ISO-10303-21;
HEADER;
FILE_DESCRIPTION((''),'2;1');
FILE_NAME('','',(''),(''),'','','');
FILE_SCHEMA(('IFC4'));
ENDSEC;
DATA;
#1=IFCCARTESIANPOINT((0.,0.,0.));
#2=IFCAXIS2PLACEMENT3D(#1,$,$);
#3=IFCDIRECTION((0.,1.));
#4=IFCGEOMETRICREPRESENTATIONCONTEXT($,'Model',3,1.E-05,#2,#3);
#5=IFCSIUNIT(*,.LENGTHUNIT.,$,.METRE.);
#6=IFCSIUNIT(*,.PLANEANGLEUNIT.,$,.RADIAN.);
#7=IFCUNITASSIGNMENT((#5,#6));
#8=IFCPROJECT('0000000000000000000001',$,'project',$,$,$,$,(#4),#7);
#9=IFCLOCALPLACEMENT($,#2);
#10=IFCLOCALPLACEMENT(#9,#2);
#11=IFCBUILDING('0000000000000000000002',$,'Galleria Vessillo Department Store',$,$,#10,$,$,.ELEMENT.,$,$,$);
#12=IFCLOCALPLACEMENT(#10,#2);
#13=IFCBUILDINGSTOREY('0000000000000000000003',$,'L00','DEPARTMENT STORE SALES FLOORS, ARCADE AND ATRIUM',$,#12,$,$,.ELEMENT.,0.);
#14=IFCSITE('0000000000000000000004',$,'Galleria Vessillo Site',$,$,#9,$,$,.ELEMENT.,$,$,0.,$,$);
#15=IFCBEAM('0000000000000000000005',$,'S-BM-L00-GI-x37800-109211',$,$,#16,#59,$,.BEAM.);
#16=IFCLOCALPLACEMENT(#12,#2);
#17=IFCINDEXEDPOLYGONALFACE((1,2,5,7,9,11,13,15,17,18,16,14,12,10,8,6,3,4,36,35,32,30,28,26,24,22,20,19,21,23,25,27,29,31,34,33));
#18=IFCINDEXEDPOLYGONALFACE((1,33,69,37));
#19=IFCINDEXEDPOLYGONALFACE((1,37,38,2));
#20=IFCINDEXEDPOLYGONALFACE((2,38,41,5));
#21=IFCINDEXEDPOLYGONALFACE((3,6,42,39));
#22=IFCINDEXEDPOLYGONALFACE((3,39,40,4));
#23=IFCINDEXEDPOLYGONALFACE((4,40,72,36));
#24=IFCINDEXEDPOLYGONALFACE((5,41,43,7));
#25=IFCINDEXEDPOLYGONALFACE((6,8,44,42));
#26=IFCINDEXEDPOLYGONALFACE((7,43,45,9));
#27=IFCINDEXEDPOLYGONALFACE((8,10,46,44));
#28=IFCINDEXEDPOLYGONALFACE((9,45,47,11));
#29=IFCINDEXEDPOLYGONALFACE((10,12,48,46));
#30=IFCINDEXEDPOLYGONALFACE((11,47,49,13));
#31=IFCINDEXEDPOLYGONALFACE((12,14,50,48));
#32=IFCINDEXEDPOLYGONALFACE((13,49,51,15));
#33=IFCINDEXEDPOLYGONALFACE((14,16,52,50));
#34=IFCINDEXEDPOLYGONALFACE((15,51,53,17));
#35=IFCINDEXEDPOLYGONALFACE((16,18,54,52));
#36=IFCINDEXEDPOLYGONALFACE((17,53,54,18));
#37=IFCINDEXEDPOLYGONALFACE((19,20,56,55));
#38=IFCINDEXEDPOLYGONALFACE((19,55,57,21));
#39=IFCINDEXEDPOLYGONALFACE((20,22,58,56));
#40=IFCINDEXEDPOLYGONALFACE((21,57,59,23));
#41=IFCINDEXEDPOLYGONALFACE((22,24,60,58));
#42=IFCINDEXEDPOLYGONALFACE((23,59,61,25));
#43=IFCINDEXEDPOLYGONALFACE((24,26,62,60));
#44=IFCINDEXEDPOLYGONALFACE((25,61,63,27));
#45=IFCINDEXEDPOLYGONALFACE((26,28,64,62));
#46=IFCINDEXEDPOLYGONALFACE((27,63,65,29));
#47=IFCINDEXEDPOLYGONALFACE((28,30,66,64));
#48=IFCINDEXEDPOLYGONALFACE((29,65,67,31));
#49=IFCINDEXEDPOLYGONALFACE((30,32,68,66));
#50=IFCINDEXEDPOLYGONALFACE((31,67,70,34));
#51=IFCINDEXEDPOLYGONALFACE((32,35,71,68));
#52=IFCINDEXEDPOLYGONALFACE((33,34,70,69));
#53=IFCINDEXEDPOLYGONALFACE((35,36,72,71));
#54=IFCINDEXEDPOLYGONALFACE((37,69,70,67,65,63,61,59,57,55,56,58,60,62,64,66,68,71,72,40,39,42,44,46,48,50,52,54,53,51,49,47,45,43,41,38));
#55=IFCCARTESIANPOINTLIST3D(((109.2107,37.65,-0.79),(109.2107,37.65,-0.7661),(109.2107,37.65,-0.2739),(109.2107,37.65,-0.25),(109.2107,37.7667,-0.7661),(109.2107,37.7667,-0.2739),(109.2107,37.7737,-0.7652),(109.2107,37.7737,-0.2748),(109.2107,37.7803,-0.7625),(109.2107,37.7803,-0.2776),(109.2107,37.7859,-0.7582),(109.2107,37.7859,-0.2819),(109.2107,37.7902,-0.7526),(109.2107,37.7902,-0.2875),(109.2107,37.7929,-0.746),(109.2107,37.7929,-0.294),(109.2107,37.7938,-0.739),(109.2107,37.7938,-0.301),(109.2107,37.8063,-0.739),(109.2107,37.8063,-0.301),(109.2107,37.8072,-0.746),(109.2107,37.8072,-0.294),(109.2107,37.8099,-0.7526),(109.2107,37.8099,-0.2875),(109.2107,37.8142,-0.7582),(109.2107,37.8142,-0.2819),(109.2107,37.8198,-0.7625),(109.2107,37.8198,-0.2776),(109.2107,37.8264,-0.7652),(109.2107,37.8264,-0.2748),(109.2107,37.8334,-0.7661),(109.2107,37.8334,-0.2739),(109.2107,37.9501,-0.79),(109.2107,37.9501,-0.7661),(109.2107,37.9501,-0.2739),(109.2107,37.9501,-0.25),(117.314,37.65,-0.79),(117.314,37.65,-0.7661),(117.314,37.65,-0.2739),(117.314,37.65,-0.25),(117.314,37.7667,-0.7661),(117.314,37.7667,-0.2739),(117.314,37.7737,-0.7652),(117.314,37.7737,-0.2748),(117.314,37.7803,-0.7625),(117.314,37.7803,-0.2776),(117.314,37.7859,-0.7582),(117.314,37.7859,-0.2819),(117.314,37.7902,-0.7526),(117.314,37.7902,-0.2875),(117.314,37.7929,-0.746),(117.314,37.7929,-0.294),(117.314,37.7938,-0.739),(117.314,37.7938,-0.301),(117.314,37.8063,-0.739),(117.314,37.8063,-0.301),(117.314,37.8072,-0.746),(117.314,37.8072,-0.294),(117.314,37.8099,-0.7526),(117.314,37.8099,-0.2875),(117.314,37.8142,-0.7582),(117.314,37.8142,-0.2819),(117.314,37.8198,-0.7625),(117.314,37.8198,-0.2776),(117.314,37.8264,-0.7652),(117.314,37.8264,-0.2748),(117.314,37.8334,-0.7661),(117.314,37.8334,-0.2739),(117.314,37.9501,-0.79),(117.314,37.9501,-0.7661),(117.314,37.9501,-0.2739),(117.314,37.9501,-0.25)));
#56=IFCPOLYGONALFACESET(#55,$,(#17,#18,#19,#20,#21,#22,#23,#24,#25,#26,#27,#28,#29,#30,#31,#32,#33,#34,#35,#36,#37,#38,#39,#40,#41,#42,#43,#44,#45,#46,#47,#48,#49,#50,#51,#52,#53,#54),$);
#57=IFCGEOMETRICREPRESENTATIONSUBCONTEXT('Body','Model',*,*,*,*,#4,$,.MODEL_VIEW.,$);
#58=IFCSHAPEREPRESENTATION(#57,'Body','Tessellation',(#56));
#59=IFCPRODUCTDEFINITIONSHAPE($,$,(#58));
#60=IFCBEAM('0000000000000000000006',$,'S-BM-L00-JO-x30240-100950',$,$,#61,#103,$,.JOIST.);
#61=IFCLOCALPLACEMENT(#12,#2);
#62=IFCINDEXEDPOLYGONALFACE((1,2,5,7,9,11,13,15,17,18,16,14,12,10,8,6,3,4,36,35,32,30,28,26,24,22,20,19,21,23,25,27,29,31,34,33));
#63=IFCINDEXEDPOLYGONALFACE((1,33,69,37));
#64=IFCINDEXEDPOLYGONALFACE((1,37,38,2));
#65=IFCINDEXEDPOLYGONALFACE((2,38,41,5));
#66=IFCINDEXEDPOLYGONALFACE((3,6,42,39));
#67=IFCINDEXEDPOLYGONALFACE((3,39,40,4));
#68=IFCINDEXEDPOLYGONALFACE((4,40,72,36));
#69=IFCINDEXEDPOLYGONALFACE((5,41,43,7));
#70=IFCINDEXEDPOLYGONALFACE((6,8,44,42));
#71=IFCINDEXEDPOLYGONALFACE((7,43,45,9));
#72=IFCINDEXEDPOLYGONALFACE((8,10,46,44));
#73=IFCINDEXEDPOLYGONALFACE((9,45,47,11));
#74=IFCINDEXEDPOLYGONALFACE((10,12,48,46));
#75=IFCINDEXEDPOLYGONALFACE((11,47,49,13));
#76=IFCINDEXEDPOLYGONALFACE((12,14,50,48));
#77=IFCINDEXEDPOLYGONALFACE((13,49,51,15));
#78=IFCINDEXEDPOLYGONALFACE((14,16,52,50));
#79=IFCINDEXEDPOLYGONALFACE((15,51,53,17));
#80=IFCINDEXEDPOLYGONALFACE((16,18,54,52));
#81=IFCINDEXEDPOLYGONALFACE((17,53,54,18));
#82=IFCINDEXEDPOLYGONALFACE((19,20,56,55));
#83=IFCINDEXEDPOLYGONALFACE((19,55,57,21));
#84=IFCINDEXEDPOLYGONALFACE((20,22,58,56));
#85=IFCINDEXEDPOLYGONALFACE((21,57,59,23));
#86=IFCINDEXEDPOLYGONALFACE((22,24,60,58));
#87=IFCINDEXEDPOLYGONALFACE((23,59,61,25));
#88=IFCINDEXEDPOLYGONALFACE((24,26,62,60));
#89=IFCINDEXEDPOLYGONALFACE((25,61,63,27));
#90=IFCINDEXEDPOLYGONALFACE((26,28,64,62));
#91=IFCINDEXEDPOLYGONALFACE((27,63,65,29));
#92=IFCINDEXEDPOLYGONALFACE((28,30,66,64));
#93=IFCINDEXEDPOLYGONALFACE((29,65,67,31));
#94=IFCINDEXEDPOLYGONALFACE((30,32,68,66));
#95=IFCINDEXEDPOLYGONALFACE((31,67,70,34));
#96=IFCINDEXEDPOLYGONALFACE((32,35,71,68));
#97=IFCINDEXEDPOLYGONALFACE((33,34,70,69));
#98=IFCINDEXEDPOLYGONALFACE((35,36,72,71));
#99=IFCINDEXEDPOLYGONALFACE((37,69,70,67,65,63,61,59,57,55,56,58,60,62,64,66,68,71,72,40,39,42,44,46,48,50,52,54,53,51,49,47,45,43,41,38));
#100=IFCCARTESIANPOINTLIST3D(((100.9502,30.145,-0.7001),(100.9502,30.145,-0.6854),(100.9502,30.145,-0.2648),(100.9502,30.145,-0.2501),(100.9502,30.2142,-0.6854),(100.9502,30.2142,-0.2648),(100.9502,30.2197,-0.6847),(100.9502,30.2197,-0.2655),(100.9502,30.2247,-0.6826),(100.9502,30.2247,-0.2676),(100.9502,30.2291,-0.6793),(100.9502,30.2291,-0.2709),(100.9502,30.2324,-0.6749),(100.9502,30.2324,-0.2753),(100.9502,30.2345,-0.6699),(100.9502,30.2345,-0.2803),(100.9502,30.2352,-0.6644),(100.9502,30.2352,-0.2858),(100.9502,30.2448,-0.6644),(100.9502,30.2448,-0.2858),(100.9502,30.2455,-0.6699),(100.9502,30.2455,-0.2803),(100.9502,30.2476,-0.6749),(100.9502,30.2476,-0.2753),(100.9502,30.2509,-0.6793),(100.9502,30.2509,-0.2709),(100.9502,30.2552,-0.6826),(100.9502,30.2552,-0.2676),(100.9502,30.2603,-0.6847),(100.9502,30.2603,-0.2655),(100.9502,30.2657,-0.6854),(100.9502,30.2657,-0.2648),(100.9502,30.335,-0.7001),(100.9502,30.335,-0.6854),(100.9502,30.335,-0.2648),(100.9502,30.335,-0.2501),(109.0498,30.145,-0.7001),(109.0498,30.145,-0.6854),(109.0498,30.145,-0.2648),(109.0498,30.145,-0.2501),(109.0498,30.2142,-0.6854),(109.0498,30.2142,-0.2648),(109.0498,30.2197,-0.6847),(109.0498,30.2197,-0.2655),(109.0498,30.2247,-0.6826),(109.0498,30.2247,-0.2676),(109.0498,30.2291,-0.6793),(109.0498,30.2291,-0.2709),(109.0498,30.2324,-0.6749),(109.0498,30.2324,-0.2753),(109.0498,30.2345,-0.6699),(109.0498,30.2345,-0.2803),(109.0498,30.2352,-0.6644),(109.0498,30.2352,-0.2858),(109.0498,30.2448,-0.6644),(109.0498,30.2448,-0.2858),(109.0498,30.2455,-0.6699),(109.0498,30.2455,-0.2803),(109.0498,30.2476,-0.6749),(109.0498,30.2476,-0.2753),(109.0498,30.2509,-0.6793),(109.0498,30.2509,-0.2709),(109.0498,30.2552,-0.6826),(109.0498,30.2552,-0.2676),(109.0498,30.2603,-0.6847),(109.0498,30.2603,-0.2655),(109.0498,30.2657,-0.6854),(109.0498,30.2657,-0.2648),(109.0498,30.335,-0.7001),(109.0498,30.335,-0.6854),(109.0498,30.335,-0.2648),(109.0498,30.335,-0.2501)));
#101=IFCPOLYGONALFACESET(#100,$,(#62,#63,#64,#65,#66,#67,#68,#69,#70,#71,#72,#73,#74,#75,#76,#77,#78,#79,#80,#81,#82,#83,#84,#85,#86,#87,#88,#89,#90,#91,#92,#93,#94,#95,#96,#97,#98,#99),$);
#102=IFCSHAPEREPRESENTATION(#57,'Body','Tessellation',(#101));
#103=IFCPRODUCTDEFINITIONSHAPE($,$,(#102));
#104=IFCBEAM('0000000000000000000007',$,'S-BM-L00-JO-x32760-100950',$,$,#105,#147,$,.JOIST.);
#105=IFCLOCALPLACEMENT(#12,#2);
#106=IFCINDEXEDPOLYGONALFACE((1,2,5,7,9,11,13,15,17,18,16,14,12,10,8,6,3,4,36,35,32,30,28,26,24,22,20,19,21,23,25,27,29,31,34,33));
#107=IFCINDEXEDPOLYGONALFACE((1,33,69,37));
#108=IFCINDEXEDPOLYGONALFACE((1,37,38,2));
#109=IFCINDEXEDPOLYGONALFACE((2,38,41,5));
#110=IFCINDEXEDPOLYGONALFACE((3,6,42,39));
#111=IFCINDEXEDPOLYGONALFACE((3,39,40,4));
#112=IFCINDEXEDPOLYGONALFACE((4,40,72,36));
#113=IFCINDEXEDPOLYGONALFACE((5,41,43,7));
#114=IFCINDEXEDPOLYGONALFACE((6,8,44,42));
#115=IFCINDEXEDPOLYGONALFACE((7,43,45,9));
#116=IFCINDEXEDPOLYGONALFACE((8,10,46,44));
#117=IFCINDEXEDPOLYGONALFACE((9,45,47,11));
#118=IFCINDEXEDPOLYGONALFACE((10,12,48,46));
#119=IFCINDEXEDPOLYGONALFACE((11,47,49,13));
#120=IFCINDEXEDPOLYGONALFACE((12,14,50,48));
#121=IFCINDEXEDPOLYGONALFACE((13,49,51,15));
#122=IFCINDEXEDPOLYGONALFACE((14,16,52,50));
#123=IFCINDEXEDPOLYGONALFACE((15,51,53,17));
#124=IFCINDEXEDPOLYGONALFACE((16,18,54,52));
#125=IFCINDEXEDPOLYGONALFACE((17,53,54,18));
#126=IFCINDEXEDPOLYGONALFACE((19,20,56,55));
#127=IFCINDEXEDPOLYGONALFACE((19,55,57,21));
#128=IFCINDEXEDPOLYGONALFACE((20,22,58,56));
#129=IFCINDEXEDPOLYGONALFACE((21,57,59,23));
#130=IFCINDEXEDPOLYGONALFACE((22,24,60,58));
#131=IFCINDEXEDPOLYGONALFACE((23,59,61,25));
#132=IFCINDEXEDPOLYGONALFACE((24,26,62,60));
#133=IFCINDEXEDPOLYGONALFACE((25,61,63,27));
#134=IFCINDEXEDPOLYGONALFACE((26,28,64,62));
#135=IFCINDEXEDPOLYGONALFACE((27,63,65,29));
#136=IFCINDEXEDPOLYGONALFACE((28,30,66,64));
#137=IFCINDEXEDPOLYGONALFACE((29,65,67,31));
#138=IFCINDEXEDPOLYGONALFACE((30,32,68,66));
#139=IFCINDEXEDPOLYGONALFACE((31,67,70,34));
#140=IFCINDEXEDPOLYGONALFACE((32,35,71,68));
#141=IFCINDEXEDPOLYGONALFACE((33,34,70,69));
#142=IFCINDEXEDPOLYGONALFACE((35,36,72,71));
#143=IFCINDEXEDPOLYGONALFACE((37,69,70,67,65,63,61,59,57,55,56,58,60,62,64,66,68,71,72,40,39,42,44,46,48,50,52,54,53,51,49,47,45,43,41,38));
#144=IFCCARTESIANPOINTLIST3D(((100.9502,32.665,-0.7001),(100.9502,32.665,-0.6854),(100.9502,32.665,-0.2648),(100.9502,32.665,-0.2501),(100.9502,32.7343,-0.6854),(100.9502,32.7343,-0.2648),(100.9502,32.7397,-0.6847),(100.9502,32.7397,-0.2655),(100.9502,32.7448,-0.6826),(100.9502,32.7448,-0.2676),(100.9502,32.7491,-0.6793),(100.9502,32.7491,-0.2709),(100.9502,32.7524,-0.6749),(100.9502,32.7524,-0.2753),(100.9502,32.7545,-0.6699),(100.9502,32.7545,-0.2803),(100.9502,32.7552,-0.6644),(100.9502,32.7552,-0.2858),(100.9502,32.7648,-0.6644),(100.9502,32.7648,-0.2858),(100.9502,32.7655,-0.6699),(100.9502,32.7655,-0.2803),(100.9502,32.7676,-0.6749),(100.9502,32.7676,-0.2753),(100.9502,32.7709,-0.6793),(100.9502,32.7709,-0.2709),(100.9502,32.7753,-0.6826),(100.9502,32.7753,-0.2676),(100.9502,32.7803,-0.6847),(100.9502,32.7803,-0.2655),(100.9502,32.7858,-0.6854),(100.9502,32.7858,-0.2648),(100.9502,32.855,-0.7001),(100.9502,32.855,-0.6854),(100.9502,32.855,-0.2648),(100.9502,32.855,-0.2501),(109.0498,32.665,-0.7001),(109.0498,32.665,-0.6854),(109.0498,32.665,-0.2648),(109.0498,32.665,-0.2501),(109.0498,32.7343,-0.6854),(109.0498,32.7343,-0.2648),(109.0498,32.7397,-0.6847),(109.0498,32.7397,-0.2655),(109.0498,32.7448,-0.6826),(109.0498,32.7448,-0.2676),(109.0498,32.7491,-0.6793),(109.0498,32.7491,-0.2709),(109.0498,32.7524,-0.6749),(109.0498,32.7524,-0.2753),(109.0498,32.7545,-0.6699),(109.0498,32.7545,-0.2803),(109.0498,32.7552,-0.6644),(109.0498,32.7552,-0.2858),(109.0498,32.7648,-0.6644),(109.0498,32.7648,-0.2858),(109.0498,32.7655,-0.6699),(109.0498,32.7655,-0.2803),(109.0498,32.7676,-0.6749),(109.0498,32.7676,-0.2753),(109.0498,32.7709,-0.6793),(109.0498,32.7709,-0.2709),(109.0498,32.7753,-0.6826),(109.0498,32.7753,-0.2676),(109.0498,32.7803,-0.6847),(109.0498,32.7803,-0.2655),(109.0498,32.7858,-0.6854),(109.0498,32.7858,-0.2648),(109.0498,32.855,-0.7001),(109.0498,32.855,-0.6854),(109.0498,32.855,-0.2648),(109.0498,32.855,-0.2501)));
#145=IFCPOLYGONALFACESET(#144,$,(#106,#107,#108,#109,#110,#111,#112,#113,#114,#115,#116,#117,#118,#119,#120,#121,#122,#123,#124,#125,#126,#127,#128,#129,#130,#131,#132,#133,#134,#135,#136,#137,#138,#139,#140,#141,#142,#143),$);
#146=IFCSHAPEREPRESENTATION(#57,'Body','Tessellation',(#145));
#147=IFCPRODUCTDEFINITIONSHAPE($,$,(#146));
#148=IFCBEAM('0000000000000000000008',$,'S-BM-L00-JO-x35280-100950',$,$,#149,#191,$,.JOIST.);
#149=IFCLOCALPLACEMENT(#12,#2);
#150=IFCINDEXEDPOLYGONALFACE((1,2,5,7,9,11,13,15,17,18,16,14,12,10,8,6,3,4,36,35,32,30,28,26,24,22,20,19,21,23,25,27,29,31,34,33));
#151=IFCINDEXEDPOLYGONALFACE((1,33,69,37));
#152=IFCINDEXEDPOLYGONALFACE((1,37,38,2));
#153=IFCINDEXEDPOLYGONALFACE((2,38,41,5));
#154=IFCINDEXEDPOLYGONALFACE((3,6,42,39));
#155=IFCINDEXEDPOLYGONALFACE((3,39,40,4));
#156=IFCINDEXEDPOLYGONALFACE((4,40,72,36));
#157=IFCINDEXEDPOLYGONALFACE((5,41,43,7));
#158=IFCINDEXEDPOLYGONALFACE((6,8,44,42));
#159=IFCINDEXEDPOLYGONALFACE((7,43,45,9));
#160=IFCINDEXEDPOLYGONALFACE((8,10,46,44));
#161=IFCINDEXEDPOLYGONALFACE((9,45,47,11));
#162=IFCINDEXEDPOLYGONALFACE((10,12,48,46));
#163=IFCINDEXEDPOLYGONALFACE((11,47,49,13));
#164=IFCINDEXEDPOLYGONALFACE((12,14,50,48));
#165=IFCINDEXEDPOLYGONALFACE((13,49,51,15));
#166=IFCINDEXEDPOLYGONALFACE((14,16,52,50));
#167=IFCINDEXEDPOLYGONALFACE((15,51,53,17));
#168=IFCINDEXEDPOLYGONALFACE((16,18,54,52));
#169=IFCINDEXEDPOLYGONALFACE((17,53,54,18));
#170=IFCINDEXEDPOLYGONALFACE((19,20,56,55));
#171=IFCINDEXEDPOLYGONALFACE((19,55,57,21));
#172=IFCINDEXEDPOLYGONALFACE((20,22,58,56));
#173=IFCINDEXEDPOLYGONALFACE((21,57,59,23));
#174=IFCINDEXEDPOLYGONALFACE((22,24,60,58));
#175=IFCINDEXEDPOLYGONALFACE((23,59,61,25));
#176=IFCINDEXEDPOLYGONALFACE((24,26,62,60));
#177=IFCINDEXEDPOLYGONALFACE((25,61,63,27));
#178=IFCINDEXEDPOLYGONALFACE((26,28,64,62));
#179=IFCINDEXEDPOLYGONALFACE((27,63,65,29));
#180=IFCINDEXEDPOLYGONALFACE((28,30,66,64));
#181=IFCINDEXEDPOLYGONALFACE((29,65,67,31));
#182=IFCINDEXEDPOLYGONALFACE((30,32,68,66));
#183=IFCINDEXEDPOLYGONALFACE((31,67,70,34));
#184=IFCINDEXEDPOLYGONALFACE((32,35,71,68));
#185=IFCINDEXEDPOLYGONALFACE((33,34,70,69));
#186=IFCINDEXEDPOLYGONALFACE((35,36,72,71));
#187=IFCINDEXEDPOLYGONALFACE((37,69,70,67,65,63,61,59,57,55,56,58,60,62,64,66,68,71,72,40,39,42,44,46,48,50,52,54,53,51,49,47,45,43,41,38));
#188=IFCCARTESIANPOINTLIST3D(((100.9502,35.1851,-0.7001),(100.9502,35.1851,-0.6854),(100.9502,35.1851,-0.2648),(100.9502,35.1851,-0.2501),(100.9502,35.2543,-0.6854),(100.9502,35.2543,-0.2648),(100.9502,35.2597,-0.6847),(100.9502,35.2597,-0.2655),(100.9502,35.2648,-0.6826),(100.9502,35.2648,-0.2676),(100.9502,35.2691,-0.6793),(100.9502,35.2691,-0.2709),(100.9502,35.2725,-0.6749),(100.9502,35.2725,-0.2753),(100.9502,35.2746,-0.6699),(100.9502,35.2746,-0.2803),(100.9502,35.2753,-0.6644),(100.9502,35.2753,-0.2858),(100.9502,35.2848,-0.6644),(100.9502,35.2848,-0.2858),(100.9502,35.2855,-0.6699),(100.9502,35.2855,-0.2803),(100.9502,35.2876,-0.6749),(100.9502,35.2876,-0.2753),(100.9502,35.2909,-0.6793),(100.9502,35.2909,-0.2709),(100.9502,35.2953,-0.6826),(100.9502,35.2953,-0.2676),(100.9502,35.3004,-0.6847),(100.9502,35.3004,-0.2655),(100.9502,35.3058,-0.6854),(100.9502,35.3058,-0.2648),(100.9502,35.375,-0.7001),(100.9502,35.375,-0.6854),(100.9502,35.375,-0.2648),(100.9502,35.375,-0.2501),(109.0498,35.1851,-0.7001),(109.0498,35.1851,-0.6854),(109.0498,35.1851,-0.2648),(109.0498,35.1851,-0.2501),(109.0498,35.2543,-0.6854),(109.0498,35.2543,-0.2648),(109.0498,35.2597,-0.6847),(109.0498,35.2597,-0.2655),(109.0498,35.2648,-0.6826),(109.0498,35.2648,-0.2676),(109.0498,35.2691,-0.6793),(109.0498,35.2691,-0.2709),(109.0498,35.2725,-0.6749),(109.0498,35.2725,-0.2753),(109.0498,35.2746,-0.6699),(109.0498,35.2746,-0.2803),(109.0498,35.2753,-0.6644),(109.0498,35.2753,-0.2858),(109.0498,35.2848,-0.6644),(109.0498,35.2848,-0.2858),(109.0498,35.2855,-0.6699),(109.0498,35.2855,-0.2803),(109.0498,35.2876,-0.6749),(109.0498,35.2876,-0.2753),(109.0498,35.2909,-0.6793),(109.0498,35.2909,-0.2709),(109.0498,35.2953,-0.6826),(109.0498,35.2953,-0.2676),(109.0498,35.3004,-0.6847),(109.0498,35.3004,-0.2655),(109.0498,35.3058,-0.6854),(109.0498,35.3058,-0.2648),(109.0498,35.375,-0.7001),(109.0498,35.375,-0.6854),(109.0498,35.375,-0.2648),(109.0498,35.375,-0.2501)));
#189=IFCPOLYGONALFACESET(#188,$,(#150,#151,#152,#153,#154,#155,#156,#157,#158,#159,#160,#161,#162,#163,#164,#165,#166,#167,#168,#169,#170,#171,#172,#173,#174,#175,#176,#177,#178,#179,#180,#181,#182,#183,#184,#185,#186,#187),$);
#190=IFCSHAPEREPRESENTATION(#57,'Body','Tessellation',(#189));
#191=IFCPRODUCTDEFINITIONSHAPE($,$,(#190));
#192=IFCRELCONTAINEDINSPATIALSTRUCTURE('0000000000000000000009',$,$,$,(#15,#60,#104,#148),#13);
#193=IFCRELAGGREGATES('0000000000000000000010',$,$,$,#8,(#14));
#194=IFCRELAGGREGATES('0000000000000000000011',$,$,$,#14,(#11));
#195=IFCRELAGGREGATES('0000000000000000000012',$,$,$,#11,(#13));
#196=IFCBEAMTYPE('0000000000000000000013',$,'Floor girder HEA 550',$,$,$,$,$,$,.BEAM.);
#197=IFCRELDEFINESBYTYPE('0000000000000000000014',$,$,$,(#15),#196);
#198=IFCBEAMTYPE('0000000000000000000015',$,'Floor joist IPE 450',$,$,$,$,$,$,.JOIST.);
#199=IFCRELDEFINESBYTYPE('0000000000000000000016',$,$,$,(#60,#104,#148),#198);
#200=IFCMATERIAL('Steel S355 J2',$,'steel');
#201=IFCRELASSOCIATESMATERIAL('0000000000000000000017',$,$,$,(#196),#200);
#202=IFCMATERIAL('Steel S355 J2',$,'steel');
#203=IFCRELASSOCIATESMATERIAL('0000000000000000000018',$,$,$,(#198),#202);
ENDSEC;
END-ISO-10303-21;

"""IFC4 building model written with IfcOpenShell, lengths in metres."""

from ifc_helpers import new_model, si_unit, direction, frame, origin, origin_2d, place, context, subcontext, project, spatial, i_section, extrude, material, material_profile, profile_set, type_object, element, save


model = new_model("IFC4")

# Units and contexts
model_context = context("Model", 3, precision=1e-05, world=origin(), true_north=direction((0.0, 1.0)))
body_context = subcontext(model_context, "Body", "Model", "MODEL_VIEW")
ifc_project = project(units=[si_unit("LENGTHUNIT", "METRE"), si_unit("PLANEANGLEUNIT", "RADIAN")], contexts=[model_context])

# Site, building, storey
site_placement = place(None, origin())
site = spatial("IfcSite", under=ifc_project, at=site_placement, Name="Galleria Vessillo Site", CompositionType="ELEMENT", RefElevation=0.0)
building_placement = place(site_placement, origin())
building = spatial("IfcBuilding", under=site, at=building_placement, Name="Galleria Vessillo Department Store", CompositionType="ELEMENT")
storey_placement = place(building_placement, origin())
storey = spatial("IfcBuildingStorey", under=building, at=storey_placement, Name="L00", Description="DEPARTMENT STORE SALES FLOORS, ARCADE AND ATRIUM", CompositionType="ELEMENT", Elevation=0.0)

# Beams
ifc_material_1 = material(Name="Steel S355 J2", Category="steel")
ifc_material_profile_1 = material_profile(ifc_material_1, i_section(OverallWidth=0.3, OverallDepth=0.54, WebThickness=0.0125, FlangeThickness=0.0239, FilletRadius=0.0271, at=origin_2d()), Name="HEA 550")
ifc_profile_set_1 = profile_set([ifc_material_profile_1], Name="Steel S355 J2")
beam_type_1 = type_object("IfcBeamType", Name="Floor girder HEA 550", PredefinedType="BEAM", material=ifc_profile_set_1)
beam_placement = place(storey_placement, frame((109.2107, 37.8, -0.52), z_axis=(1.0, 0.0, 0.0), x_axis=(0.0, 1.0, 0.0)))
element("IfcBeam", 1, at=beam_placement, inside=storey, type_object=beam_type_1, Name="S-BM-L00-GI-x37800-109211", PredefinedType="BEAM", context=body_context, shape_type="SweptSolid", body=[
    extrude(i_section(OverallWidth=0.3, OverallDepth=0.54, WebThickness=0.0125, FlangeThickness=0.0239, FilletRadius=0.0271, at=origin_2d()), origin(), (0.0, 0.0, 1.0), 8.1033),
])
ifc_material_2 = material(Name="Steel S355 J2", Category="steel")
ifc_material_profile_2 = material_profile(ifc_material_2, i_section(OverallWidth=0.1899, OverallDepth=0.45, WebThickness=0.0095, FlangeThickness=0.0146, FilletRadius=0.021, at=origin_2d()), Name="IPE 450")
ifc_profile_set_2 = profile_set([ifc_material_profile_2], Name="Steel S355 J2")
beam_type_2 = type_object("IfcBeamType", Name="Floor joist IPE 450", PredefinedType="JOIST", material=ifc_profile_set_2)
for number, where, z_axis, x_axis, name in (
    (2, (100.9502, 30.24, -0.4751), (1.0, 0.0, 0.0), (0.0, 1.0, 0.0), "S-BM-L00-JO-x30240-100950"),
    (3, (100.9502, 32.76, -0.4751), (1.0, 0.0, 0.0), (0.0, 1.0, 0.0), "S-BM-L00-JO-x32760-100950"),
    (4, (100.9502, 35.28, -0.4751), (1.0, 0.0, 0.0), (0.0, 1.0, 0.0), "S-BM-L00-JO-x35280-100950"),
):
    element("IfcBeam", number, at=place(storey_placement, frame(where, z_axis=z_axis, x_axis=x_axis)), inside=storey, type_object=beam_type_2, Name=name, PredefinedType="JOIST", context=body_context, shape_type="SweptSolid", body=[
        extrude(i_section(OverallWidth=0.1899, OverallDepth=0.45, WebThickness=0.0095, FlangeThickness=0.0146, FilletRadius=0.021, at=origin_2d()), origin(), (0.0, 0.0, 1.0), 8.0996),
    ])

save(model, "model.ifc")
